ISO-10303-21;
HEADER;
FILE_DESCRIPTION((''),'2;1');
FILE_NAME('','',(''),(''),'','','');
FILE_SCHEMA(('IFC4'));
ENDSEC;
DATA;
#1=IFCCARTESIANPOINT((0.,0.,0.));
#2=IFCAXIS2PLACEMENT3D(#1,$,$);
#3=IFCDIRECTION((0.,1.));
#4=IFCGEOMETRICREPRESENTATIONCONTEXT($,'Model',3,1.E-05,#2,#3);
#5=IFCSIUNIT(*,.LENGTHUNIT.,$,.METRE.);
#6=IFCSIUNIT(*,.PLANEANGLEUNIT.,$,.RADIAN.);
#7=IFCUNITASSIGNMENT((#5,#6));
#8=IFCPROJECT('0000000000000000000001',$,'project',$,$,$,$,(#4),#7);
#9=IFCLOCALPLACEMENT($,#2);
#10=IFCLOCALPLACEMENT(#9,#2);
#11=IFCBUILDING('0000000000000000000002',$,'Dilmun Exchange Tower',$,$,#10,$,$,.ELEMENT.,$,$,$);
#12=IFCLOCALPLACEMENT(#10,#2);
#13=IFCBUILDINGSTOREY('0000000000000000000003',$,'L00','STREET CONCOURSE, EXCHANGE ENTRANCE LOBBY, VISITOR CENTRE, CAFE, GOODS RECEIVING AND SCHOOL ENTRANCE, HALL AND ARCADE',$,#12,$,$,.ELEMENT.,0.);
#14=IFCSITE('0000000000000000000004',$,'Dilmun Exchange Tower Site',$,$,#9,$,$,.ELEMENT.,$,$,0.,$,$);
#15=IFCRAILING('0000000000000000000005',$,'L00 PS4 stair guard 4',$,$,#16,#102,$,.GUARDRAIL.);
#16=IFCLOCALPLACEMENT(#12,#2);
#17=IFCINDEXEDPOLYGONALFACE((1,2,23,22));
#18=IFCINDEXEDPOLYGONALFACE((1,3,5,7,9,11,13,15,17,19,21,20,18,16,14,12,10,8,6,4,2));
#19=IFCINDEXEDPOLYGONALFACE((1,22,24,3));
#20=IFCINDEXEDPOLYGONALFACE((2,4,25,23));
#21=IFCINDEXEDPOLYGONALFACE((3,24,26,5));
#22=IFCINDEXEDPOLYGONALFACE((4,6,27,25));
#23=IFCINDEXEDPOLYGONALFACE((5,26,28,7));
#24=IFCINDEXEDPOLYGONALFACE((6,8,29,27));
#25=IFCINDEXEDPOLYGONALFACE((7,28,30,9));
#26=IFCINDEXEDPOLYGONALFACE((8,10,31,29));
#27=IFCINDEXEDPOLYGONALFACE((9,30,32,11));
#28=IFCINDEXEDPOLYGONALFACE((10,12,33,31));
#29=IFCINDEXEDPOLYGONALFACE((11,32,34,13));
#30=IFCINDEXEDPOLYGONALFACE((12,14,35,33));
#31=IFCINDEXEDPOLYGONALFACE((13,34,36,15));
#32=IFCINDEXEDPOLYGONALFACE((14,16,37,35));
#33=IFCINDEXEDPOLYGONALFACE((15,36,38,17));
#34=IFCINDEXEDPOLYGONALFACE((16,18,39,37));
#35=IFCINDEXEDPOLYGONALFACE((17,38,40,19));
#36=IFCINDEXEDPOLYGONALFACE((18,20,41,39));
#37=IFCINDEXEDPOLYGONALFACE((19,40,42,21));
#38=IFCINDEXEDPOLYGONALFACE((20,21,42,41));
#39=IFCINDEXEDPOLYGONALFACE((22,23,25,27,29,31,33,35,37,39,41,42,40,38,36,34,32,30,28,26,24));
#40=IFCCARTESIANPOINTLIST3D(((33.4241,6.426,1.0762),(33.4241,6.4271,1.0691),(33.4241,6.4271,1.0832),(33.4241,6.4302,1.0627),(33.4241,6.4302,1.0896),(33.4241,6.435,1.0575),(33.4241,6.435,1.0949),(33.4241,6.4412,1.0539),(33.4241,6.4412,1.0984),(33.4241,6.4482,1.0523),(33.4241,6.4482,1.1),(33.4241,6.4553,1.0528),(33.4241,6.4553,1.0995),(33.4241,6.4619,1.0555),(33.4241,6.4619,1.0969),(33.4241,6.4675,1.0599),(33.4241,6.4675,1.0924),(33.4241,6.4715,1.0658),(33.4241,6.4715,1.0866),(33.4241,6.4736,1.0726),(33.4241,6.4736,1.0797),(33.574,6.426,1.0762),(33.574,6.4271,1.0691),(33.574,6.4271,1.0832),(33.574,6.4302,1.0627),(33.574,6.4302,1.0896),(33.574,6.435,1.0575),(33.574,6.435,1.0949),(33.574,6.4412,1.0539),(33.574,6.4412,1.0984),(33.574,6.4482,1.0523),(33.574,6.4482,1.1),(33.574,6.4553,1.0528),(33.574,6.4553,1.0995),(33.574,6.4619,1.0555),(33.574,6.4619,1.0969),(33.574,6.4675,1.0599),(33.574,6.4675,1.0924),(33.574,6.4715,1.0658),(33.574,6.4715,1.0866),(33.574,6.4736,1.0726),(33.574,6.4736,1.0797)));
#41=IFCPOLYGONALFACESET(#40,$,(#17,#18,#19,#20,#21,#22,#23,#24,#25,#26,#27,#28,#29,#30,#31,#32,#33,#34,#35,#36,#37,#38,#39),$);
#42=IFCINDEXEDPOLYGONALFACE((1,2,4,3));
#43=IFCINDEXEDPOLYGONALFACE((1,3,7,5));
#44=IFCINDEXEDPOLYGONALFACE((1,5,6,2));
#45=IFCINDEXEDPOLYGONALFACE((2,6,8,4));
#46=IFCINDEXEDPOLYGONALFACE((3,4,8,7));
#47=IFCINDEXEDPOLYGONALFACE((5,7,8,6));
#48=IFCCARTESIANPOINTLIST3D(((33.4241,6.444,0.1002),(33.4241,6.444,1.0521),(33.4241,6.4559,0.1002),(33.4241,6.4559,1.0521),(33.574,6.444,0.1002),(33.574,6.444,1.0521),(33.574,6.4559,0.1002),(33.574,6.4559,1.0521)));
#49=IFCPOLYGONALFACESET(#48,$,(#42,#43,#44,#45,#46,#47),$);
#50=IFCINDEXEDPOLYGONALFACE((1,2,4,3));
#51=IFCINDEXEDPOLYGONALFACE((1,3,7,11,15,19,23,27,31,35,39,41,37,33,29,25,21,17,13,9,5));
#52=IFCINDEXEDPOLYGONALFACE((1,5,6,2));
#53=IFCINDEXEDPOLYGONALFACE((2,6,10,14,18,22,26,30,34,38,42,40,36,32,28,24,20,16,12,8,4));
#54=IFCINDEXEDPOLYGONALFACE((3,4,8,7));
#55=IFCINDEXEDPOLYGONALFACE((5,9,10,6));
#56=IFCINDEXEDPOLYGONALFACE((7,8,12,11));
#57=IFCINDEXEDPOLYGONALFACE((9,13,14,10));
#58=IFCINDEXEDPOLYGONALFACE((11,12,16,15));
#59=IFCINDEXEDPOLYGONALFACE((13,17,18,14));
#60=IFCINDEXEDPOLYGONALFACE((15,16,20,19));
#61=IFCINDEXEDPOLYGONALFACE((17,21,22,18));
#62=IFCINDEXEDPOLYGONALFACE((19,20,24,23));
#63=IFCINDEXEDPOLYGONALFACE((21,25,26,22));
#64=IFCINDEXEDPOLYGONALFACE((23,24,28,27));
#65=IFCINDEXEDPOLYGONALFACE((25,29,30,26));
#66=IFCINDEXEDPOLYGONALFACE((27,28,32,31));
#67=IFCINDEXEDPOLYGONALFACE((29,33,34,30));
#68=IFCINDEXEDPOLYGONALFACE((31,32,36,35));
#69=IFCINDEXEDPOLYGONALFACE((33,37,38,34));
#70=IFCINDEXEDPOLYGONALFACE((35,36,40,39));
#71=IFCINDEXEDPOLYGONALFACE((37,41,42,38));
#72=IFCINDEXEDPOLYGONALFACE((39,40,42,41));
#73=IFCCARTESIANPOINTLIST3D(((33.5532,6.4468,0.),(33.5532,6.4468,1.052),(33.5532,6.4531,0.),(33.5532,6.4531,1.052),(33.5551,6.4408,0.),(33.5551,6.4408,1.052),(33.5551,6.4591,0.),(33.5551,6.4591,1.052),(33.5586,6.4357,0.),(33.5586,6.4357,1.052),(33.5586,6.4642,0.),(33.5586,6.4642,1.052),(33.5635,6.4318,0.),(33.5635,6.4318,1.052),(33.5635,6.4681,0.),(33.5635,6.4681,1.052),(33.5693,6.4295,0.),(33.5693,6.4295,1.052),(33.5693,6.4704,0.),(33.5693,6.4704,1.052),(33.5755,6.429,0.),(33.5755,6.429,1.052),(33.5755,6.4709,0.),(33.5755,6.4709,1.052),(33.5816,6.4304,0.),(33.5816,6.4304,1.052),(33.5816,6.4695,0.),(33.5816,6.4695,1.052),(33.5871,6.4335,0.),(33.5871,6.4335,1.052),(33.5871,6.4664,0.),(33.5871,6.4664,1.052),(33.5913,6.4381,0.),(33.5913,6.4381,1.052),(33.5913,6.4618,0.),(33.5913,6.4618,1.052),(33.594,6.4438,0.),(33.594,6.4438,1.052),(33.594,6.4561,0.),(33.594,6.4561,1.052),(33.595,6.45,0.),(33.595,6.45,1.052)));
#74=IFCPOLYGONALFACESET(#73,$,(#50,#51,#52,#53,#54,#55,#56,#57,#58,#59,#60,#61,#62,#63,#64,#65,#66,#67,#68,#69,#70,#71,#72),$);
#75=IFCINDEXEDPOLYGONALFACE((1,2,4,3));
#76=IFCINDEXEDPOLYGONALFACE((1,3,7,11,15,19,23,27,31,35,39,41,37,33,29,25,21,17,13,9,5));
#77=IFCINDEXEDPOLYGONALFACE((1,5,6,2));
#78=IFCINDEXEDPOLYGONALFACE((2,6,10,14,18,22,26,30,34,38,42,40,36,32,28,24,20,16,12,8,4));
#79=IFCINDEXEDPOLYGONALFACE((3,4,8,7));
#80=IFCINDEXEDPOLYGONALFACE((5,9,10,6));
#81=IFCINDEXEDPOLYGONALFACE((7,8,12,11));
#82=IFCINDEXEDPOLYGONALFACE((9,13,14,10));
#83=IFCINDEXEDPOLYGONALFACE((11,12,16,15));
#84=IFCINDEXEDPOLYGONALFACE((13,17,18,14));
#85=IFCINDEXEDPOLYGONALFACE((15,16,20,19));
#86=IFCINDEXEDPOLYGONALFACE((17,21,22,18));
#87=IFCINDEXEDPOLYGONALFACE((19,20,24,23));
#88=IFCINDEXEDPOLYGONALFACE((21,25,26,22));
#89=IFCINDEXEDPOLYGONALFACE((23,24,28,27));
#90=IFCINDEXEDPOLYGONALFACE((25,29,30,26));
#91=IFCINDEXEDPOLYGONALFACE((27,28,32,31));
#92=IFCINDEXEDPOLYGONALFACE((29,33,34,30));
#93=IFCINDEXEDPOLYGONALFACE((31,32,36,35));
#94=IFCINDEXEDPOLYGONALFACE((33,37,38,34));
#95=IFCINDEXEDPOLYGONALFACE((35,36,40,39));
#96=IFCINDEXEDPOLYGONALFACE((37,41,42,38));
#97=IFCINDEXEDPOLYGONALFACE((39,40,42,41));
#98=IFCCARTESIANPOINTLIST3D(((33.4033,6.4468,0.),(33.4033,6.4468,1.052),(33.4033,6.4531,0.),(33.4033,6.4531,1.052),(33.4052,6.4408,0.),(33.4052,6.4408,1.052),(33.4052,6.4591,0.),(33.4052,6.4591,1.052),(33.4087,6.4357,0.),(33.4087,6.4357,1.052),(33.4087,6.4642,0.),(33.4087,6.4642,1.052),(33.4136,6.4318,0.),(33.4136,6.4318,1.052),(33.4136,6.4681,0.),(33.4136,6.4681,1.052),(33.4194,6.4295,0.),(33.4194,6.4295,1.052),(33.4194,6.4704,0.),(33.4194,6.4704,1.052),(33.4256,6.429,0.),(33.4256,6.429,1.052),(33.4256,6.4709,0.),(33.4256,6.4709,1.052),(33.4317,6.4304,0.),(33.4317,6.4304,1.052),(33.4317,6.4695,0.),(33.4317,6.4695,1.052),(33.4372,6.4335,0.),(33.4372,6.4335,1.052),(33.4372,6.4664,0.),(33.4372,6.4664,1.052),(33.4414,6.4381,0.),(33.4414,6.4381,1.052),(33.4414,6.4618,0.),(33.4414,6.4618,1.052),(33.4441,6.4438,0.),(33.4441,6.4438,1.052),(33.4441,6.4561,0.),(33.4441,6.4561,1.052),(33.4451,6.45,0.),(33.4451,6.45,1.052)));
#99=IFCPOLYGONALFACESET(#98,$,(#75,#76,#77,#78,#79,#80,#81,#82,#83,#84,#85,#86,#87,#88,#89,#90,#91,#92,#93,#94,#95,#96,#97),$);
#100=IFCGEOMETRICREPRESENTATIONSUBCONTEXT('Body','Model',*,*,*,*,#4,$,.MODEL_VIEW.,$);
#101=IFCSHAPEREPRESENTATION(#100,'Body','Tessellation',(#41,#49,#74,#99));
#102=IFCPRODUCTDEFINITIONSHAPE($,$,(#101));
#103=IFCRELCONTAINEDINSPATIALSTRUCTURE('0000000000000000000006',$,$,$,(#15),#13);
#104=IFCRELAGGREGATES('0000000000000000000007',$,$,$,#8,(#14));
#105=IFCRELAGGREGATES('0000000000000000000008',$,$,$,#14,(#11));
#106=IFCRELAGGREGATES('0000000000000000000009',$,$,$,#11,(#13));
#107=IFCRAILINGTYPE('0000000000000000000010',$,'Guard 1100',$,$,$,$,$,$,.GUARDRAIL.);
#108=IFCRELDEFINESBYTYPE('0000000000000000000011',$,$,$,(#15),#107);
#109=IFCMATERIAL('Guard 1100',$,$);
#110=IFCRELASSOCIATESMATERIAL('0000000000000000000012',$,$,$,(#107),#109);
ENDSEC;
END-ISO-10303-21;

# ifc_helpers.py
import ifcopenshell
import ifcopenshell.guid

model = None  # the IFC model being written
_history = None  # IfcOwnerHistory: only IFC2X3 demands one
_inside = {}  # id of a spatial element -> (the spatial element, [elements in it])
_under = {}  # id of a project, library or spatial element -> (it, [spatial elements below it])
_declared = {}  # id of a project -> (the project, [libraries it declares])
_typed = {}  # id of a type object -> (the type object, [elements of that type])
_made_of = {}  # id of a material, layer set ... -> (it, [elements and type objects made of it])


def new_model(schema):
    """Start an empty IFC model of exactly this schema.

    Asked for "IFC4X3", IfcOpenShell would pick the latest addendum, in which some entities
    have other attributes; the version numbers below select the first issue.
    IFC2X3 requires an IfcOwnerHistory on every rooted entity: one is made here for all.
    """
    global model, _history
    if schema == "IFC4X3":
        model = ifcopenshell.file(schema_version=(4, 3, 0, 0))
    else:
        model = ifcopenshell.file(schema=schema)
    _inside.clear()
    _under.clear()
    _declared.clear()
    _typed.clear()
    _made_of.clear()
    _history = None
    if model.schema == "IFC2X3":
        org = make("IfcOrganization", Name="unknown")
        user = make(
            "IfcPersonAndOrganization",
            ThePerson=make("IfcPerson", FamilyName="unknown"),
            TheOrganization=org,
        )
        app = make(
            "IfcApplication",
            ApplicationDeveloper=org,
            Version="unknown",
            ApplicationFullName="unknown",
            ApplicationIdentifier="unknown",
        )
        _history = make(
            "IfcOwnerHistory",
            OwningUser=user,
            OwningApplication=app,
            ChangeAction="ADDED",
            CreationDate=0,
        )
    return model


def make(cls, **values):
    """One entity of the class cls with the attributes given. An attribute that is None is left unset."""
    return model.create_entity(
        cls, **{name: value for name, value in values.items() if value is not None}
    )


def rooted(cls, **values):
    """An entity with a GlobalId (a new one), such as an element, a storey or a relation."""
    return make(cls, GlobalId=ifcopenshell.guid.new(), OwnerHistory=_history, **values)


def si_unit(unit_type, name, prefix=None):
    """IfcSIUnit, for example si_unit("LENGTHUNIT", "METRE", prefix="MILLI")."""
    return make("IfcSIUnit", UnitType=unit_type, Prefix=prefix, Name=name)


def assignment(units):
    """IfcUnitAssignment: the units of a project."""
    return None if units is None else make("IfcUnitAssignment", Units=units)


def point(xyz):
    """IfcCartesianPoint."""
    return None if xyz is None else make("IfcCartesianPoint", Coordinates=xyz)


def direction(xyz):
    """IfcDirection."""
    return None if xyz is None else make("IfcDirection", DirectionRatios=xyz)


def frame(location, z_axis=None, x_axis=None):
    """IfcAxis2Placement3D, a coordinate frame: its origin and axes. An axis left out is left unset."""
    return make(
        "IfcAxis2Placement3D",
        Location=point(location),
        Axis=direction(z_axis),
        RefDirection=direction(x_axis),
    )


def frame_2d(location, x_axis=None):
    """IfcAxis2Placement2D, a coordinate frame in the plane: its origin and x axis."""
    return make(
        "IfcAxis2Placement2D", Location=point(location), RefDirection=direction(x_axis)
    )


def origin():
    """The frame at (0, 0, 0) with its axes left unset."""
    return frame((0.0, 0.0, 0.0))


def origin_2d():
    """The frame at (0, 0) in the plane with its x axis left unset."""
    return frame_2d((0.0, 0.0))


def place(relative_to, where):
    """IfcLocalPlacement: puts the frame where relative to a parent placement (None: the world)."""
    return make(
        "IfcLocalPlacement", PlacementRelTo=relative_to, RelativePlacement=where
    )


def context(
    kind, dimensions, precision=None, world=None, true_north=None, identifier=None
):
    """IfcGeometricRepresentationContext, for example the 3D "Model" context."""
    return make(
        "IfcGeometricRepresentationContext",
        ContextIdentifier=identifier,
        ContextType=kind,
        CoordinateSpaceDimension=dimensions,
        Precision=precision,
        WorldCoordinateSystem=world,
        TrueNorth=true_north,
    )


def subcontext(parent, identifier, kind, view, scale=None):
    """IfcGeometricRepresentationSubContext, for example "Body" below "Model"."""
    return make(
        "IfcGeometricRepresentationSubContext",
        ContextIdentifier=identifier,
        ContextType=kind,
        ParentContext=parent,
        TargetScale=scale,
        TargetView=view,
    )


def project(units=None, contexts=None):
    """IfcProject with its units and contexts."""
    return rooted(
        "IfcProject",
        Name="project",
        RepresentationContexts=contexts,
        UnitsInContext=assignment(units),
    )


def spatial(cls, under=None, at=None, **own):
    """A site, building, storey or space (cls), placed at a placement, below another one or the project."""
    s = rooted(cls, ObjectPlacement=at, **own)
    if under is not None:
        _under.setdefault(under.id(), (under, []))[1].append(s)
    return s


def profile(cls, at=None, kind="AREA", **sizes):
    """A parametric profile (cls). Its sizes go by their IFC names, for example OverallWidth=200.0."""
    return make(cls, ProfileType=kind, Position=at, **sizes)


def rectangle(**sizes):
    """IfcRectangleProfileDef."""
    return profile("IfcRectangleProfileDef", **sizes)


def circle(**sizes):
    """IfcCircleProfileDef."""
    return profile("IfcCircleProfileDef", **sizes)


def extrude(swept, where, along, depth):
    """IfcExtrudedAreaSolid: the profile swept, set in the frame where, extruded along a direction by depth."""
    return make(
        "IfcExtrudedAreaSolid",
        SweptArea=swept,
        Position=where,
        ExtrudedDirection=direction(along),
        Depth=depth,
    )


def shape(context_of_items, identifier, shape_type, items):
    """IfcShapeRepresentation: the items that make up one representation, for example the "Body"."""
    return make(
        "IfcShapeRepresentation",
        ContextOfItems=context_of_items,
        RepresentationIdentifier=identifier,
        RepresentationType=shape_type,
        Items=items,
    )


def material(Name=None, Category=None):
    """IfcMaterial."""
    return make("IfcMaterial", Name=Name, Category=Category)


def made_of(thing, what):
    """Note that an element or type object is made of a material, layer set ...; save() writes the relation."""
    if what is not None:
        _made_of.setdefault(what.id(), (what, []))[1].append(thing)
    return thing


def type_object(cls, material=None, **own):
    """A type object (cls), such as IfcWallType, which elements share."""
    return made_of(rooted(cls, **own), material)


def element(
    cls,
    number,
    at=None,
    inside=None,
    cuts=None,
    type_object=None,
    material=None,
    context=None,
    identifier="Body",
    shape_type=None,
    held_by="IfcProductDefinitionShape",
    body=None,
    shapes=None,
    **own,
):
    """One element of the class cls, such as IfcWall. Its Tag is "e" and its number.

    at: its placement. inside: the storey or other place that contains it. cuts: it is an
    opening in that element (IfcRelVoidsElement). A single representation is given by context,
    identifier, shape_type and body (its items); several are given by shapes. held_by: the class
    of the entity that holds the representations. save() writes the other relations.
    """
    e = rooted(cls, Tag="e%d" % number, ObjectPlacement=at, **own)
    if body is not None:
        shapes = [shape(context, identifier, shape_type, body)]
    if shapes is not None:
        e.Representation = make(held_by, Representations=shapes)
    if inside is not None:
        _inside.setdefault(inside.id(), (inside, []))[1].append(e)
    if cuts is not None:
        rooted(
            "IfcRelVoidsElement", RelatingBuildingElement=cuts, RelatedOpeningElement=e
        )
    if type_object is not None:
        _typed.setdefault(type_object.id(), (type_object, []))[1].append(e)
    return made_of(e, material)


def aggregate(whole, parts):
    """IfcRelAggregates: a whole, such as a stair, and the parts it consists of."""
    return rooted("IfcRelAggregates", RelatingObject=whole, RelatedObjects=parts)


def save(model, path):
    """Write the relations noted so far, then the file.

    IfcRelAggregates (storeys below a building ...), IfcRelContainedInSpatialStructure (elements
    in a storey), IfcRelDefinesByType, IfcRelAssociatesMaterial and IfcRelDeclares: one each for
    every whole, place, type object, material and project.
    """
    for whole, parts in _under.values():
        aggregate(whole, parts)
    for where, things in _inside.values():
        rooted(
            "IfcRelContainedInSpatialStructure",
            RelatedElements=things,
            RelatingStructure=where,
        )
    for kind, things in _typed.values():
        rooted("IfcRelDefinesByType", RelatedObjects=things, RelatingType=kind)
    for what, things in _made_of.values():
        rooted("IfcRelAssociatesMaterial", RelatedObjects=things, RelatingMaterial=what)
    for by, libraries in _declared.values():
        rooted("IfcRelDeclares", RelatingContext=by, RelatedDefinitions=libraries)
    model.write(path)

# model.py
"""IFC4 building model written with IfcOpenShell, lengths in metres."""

from ifc_helpers import new_model, si_unit, direction, frame, origin, origin_2d, place, context, subcontext, project, spatial, rectangle, circle, extrude, material, type_object, element, save


model = new_model("IFC4")

# Units and contexts
model_context = context("Model", 3, precision=1e-05, world=origin(), true_north=direction((0.0, 1.0)))
body_context = subcontext(model_context, "Body", "Model", "MODEL_VIEW")
ifc_project = project(units=[si_unit("LENGTHUNIT", "METRE"), si_unit("PLANEANGLEUNIT", "RADIAN")], contexts=[model_context])

# Site, building, storey
site_placement = place(None, origin())
site = spatial("IfcSite", under=ifc_project, at=site_placement, Name="Dilmun Exchange Tower Site", CompositionType="ELEMENT", RefElevation=0.0)
building_placement = place(site_placement, origin())
building = spatial("IfcBuilding", under=site, at=building_placement, Name="Dilmun Exchange Tower", CompositionType="ELEMENT")
storey_placement = place(building_placement, origin())
storey = spatial("IfcBuildingStorey", under=building, at=storey_placement, Name="L00", Description="STREET CONCOURSE, EXCHANGE ENTRANCE LOBBY, VISITOR CENTRE, CAFE, GOODS RECEIVING AND SCHOOL ENTRANCE, HALL AND ARCADE", CompositionType="ELEMENT", Elevation=0.0)

# Railing
ifc_material_1 = material(Name="Guard 1100")
railing_type_1 = type_object("IfcRailingType", Name="Guard 1100", PredefinedType="GUARDRAIL", material=ifc_material_1)
railing_1_placement = place(storey_placement, frame((33.574, 6.45, 0.0)))
element("IfcRailing", 1, at=railing_1_placement, inside=storey, type_object=railing_type_1, Name="L00 PS4 stair guard 4", PredefinedType="GUARDRAIL", context=body_context, shape_type="SweptSolid", body=[
    extrude(circle(Radius=0.0239, at=origin_2d()), frame((0.0, 0.0, 1.0762), z_axis=(-1.0, 0.0, 0.0), x_axis=(0.0, -1.0, 0.0)), (0.0, 0.0, 1.0), 0.1499),
    extrude(rectangle(XDim=0.012, YDim=0.9519, at=origin_2d()), frame((0.0, 0.0, 0.5762), z_axis=(-1.0, 0.0, 0.0), x_axis=(0.0, -1.0, 0.0)), (0.0, 0.0, 1.0), 0.1499),
    extrude(circle(Radius=0.021, at=origin_2d()), origin(), (0.0, 0.0, 1.0), 1.052),
    extrude(circle(Radius=0.021, at=origin_2d()), frame((-0.1499, 0.0, 0.0)), (0.0, 0.0, 1.0), 1.052),
])

save(model, "model.ifc")
